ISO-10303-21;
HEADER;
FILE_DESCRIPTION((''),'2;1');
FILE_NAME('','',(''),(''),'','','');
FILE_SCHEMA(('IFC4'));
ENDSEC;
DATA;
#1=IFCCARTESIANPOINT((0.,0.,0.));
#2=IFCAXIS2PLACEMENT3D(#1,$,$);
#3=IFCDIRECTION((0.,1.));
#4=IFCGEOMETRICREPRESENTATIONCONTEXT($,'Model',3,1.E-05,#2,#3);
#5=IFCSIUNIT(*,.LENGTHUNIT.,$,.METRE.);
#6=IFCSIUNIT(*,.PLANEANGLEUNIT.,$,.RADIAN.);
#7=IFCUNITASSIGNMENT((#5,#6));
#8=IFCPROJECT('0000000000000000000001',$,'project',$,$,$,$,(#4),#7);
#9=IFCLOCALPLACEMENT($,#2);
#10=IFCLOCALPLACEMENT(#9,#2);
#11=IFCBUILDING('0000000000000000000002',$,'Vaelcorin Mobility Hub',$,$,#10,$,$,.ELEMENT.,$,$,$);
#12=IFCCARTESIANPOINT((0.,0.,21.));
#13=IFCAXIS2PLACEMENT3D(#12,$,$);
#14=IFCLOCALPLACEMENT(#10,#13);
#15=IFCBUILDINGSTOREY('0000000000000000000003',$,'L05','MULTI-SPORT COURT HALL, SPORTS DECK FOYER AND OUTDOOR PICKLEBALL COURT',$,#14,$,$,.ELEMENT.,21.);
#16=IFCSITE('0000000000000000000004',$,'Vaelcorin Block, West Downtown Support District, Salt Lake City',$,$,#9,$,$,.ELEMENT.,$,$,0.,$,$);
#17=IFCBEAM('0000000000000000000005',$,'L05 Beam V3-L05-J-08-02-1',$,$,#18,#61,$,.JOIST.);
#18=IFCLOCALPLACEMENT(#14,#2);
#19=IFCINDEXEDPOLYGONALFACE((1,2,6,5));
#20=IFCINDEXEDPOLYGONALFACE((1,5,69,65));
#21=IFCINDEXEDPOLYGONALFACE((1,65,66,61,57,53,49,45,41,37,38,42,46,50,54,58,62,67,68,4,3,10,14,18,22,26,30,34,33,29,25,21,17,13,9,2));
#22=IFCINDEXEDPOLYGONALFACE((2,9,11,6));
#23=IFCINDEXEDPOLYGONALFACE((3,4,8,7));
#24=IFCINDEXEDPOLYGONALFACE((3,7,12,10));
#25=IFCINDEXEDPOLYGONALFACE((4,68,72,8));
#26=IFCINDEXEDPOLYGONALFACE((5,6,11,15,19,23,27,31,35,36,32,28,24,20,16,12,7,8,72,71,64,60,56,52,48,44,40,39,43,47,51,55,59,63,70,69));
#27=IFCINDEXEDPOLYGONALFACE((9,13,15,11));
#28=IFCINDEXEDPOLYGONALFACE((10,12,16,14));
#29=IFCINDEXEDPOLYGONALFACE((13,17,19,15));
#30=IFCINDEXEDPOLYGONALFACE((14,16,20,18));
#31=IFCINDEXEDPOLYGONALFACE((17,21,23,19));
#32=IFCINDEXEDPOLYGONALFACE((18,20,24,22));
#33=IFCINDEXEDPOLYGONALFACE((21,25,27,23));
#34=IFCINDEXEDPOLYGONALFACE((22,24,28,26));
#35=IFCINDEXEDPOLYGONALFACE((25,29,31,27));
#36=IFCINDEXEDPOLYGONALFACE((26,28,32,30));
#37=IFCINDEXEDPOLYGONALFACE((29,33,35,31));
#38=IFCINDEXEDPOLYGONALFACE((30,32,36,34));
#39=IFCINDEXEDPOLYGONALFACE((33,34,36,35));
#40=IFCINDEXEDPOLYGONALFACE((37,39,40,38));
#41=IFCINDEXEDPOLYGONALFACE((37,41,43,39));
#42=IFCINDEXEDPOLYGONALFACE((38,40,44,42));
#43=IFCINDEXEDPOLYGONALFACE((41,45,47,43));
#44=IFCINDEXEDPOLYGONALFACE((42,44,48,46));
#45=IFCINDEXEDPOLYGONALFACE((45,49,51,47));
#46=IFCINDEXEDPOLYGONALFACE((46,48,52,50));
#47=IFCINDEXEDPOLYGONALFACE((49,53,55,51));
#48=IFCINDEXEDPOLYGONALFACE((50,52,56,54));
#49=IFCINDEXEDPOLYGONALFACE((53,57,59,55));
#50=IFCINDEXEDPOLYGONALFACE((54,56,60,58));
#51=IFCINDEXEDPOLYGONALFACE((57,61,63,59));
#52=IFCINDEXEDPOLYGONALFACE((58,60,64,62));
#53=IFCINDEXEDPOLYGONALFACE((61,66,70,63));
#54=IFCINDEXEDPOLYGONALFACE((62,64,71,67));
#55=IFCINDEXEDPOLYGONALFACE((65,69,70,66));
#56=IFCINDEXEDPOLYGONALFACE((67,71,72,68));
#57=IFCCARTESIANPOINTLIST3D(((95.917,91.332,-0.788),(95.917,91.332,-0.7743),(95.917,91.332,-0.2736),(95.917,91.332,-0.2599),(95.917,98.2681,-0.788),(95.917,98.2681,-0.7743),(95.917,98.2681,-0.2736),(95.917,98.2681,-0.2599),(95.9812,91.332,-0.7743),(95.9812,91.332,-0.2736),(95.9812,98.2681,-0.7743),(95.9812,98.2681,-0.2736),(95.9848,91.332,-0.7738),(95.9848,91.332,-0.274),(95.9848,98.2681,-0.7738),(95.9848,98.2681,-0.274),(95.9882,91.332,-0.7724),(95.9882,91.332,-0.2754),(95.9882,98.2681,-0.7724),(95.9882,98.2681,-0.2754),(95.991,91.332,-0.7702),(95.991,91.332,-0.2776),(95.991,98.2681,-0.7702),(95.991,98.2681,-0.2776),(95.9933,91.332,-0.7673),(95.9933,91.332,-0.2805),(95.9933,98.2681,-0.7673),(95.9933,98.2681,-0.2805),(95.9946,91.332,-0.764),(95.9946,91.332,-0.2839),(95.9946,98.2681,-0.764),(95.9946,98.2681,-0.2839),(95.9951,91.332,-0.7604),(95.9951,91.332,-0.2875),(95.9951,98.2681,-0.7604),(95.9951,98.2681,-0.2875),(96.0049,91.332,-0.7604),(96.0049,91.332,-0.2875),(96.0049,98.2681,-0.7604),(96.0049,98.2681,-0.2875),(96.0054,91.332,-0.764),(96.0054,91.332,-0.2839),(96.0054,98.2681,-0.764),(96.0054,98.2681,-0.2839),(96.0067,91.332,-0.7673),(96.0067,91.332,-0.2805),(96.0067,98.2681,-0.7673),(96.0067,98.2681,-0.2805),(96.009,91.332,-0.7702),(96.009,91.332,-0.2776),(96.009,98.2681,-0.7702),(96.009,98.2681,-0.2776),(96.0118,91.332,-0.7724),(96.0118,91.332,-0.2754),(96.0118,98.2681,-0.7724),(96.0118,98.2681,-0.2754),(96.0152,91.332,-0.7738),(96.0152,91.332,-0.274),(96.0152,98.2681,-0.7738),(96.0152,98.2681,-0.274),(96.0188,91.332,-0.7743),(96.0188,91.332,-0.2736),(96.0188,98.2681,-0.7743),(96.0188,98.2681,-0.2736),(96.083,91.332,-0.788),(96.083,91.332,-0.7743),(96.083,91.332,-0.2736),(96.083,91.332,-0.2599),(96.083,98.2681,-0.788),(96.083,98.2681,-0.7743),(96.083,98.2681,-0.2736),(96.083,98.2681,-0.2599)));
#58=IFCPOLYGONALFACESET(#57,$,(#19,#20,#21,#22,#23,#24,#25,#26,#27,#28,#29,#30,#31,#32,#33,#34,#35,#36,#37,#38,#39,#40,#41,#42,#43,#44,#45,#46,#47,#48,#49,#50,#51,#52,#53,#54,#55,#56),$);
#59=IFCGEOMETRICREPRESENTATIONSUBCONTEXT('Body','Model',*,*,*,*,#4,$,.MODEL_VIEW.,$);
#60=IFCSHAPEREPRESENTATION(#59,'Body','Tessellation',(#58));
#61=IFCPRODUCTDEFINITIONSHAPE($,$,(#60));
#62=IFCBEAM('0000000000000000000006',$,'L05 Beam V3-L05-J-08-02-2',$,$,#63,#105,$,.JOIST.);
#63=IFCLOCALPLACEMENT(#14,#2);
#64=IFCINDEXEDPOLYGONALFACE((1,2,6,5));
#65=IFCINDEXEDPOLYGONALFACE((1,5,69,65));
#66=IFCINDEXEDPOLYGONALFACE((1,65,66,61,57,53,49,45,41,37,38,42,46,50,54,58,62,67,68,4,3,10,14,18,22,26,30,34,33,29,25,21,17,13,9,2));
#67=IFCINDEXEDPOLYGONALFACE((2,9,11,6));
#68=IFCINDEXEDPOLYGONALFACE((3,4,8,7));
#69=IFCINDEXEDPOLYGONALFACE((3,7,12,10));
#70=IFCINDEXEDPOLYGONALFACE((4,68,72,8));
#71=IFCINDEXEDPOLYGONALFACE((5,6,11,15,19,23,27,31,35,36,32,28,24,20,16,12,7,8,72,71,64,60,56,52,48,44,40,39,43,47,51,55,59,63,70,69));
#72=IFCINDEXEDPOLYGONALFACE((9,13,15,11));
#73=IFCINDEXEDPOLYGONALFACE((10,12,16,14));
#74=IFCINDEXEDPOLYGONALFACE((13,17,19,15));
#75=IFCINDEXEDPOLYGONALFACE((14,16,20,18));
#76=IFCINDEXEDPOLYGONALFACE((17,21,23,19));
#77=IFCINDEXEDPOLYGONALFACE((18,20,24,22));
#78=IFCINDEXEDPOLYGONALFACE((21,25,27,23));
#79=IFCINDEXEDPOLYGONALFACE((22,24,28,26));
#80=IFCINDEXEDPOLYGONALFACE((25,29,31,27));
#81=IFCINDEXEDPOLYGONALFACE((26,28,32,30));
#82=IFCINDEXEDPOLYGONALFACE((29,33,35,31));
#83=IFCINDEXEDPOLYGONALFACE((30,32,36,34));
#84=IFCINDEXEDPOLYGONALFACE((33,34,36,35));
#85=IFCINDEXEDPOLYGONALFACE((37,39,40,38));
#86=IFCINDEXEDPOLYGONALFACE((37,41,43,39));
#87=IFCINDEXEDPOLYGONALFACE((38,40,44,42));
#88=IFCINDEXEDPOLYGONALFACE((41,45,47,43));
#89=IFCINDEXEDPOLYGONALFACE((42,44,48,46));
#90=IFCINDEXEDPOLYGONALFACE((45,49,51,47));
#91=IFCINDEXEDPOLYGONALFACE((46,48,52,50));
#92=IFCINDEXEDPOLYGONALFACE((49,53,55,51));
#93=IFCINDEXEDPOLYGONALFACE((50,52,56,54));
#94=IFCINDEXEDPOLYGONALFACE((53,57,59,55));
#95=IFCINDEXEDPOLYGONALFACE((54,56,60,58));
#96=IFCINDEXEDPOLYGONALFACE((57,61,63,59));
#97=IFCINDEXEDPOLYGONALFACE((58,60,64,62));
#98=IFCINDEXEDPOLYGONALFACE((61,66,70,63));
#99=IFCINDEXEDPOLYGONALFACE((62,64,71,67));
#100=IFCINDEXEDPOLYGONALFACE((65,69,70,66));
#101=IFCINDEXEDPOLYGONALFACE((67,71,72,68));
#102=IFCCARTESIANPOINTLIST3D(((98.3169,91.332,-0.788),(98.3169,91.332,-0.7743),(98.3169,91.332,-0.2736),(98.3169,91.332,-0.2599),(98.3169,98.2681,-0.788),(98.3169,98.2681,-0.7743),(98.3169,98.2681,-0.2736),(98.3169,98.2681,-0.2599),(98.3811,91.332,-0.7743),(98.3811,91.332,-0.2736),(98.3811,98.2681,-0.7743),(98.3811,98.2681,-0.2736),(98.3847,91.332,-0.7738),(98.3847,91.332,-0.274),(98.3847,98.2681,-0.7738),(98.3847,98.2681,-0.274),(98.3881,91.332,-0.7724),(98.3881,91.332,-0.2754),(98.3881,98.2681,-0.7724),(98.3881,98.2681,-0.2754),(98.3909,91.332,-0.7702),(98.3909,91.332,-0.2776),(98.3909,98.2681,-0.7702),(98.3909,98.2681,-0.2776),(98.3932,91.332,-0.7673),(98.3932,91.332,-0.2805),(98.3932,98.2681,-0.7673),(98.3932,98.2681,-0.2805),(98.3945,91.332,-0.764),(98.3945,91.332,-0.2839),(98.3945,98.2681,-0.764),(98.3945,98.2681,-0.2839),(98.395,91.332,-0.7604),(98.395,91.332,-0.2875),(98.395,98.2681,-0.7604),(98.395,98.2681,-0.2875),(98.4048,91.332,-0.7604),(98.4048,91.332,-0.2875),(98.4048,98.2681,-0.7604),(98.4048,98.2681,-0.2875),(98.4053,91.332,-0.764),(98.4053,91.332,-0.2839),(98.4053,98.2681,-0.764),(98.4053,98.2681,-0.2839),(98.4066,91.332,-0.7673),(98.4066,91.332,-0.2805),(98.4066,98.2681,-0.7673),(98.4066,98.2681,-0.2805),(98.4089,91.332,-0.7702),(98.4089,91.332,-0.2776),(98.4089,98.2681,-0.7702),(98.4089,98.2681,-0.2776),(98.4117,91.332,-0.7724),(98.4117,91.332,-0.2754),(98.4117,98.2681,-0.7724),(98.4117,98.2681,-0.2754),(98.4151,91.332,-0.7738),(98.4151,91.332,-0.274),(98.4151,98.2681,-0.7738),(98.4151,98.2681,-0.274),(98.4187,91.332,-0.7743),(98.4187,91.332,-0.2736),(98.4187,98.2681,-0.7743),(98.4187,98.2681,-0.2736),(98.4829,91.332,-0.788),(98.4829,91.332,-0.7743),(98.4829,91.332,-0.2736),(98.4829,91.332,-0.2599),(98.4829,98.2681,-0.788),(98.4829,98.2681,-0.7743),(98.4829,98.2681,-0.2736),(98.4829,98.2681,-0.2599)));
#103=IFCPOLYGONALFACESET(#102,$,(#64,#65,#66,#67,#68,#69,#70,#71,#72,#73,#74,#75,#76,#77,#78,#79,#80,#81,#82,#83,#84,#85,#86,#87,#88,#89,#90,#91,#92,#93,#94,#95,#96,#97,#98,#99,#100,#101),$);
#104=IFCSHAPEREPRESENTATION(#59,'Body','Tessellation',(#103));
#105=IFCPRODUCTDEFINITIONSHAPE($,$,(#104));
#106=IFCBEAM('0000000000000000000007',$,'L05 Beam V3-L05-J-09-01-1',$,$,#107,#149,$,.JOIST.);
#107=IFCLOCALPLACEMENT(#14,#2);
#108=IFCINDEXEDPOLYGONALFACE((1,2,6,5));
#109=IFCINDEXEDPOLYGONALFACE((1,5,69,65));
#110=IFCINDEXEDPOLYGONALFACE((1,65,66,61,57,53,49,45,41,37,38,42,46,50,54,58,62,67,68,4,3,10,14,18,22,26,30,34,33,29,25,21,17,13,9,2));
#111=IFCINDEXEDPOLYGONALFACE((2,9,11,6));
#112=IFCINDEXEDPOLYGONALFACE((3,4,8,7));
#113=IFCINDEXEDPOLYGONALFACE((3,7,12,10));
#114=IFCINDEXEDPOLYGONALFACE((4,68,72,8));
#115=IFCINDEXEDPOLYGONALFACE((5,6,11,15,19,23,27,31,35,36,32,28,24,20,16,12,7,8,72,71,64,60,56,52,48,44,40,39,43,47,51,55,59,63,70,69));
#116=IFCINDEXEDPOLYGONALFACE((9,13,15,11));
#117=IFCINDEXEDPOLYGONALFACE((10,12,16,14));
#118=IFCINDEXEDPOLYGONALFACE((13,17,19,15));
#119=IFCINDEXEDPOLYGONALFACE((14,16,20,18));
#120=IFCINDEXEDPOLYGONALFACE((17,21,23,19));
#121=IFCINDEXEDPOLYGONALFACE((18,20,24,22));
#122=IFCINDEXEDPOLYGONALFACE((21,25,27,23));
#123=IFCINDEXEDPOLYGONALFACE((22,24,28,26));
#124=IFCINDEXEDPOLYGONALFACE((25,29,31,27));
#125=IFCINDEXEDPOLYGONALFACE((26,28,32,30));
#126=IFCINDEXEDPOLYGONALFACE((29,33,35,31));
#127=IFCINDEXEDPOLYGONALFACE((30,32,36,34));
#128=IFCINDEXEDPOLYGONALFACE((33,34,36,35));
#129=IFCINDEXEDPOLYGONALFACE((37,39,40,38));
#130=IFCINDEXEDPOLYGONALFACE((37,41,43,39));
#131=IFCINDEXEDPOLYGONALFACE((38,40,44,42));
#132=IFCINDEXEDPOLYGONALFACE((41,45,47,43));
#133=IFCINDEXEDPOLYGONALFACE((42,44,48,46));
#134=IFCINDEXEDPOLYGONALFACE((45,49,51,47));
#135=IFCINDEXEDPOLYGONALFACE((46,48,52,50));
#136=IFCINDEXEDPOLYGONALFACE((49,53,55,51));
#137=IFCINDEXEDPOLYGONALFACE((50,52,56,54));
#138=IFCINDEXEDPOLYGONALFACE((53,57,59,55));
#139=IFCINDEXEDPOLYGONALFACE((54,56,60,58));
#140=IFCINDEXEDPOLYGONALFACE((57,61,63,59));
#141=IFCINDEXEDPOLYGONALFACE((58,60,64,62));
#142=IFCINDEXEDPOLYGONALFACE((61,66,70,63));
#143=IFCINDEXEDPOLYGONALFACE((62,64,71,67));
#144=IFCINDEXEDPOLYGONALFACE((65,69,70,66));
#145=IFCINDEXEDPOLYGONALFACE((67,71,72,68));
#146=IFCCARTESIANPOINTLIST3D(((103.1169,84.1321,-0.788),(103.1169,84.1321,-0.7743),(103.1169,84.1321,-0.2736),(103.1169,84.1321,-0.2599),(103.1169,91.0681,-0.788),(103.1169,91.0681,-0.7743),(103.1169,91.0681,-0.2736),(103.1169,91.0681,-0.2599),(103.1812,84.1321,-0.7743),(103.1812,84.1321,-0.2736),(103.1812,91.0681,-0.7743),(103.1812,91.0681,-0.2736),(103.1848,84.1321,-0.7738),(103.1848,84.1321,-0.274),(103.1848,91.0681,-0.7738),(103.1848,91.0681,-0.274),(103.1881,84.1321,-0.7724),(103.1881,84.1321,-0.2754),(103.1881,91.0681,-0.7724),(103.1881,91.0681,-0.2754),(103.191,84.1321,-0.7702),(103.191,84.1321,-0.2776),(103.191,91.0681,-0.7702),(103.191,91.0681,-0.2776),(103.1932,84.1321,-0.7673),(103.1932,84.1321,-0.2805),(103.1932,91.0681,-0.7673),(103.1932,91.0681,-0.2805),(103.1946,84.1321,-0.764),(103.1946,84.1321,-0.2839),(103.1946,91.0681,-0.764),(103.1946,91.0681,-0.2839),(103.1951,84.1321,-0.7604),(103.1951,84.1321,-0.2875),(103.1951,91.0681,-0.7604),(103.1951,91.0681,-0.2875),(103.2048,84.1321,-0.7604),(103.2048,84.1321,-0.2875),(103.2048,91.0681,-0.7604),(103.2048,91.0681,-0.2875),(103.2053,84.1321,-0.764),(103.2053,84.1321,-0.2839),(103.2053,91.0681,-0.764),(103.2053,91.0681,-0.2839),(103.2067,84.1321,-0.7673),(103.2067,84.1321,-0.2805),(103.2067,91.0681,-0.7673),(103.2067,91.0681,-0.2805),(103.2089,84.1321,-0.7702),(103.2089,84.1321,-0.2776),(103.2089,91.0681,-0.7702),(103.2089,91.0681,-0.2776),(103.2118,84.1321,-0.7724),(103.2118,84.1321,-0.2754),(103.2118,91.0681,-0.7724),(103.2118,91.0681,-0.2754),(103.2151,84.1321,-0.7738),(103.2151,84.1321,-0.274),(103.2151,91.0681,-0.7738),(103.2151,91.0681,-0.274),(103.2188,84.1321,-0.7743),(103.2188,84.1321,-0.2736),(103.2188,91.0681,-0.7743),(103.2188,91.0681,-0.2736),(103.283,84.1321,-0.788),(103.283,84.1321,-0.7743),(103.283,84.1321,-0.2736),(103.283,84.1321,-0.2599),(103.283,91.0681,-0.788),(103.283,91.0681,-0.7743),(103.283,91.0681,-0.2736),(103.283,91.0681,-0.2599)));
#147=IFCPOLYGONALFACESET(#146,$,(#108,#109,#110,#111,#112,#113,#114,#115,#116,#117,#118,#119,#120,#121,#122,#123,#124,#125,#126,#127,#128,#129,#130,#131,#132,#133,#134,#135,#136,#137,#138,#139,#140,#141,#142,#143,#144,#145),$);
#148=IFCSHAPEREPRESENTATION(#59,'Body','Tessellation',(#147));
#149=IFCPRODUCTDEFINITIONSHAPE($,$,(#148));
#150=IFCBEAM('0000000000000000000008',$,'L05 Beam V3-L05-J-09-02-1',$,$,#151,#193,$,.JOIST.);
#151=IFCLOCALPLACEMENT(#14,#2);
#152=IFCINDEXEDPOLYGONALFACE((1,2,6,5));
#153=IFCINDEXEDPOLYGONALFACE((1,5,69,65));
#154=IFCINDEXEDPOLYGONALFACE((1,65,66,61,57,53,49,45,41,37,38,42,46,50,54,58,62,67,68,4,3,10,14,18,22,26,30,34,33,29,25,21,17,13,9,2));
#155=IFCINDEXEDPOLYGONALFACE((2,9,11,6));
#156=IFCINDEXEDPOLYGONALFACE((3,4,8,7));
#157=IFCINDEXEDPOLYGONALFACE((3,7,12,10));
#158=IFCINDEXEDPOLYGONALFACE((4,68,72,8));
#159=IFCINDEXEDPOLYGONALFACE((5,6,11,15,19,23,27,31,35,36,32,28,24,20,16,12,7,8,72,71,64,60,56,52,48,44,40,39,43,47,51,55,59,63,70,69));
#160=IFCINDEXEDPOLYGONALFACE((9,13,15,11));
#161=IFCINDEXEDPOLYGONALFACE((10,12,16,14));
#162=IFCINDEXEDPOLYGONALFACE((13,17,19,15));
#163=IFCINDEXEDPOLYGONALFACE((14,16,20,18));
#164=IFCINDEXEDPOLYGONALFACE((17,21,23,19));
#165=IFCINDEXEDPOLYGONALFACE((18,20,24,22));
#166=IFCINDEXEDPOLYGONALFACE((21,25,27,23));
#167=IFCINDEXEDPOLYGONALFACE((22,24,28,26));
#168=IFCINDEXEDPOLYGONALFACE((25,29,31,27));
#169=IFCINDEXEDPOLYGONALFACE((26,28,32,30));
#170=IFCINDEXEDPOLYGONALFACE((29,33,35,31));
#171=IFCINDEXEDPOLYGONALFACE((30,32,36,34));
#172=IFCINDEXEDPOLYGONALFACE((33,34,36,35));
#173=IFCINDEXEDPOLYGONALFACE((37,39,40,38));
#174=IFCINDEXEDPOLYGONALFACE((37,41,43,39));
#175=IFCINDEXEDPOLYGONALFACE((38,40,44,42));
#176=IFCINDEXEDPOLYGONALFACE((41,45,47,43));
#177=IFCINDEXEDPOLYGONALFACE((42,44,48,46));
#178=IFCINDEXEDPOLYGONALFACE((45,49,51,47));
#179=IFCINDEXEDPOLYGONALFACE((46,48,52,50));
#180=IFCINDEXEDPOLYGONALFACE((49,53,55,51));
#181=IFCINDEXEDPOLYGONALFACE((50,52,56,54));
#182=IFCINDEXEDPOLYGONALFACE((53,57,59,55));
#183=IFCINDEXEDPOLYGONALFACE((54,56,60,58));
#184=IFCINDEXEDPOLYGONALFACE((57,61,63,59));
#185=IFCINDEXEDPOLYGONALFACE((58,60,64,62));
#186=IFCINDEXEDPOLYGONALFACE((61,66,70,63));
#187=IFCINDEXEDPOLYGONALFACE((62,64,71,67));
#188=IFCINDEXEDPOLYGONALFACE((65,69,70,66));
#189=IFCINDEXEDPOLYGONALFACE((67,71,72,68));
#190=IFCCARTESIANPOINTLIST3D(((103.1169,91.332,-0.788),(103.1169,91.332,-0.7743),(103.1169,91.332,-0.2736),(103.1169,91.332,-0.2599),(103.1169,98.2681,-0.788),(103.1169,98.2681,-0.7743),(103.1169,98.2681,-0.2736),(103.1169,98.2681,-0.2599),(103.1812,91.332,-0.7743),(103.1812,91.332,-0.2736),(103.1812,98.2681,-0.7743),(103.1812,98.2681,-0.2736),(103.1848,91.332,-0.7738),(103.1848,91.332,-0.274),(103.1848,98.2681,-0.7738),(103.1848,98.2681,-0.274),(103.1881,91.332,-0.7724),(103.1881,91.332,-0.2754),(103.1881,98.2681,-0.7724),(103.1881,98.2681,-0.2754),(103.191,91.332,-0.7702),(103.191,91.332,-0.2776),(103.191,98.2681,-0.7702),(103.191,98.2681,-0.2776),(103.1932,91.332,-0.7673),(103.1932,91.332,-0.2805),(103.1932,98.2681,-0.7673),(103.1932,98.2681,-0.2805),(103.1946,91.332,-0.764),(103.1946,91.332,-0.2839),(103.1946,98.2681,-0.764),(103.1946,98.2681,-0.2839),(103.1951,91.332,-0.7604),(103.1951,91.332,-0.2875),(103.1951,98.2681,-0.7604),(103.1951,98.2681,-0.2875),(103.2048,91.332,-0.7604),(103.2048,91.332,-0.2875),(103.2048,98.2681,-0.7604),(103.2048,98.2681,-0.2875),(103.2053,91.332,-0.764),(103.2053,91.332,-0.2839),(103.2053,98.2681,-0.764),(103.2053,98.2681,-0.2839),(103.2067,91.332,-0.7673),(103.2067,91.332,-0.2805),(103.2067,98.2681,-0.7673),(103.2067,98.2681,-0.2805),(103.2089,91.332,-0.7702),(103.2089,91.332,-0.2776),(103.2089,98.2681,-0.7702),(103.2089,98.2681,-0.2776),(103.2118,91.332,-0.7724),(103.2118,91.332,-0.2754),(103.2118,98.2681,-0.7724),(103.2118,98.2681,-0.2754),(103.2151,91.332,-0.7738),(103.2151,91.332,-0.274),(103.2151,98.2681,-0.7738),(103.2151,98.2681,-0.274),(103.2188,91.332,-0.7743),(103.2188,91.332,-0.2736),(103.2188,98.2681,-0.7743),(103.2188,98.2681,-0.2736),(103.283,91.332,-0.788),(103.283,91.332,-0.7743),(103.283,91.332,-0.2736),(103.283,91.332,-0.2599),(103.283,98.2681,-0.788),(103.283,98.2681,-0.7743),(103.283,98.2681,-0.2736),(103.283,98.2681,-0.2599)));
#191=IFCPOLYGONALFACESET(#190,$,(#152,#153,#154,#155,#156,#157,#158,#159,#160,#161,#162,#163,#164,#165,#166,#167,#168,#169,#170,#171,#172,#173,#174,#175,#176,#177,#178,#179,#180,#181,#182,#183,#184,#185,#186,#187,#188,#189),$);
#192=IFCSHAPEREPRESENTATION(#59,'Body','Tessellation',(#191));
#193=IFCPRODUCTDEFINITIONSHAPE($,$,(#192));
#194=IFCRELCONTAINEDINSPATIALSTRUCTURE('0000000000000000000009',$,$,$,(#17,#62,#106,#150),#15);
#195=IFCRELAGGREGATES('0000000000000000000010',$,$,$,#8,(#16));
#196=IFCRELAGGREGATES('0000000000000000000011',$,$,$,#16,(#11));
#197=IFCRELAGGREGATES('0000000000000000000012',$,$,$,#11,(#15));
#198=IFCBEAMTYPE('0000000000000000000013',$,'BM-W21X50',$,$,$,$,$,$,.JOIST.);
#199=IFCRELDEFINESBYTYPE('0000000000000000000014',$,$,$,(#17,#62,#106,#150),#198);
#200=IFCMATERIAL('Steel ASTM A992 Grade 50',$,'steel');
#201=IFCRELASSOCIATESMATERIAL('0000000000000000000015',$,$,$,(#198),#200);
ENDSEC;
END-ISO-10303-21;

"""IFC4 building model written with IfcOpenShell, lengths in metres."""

from ifc_helpers import new_model, si_unit, direction, frame, origin, origin_2d, place, context, subcontext, project, spatial, i_section, extrude, material, material_profile, profile_set, type_object, element, save


model = new_model("IFC4")

# Units and contexts
model_context = context("Model", 3, precision=1e-05, world=origin(), true_north=direction((0.0, 1.0)))
body_context = subcontext(model_context, "Body", "Model", "MODEL_VIEW")
ifc_project = project(units=[si_unit("LENGTHUNIT", "METRE"), si_unit("PLANEANGLEUNIT", "RADIAN")], contexts=[model_context])

# Site, building, storey
site_placement = place(None, origin())
site = spatial("IfcSite", under=ifc_project, at=site_placement, Name="Vaelcorin Block, West Downtown Support District, Salt Lake City", CompositionType="ELEMENT", RefElevation=0.0)
building_placement = place(site_placement, origin())
building = spatial("IfcBuilding", under=site, at=building_placement, Name="Vaelcorin Mobility Hub", CompositionType="ELEMENT")
storey_placement = place(building_placement, frame((0.0, 0.0, 21.0)))
storey = spatial("IfcBuildingStorey", under=building, at=storey_placement, Name="L05", Description="MULTI-SPORT COURT HALL, SPORTS DECK FOYER AND OUTDOOR PICKLEBALL COURT", CompositionType="ELEMENT", Elevation=21.0)

# Shared definitions
ifc_material_1 = material(Name="Steel ASTM A992 Grade 50", Category="steel")

# Beams
ifc_material_profile_1 = material_profile(ifc_material_1, i_section(OverallWidth=0.166, OverallDepth=0.5281, WebThickness=0.0098, FlangeThickness=0.0137, FilletRadius=0.0139, at=origin_2d()), Name="W21X50")
ifc_profile_set_1 = profile_set([ifc_material_profile_1], Name="Steel ASTM A992 Grade 50")
beam_type_1 = type_object("IfcBeamType", Name="BM-W21X50", PredefinedType="JOIST", material=ifc_profile_set_1)
for number, where, z_axis, x_axis, name in (
    (1, (96.0, 91.332, -0.5239), (0.0, 1.0, 0.0), (-1.0, 0.0, 0.0), "L05 Beam V3-L05-J-08-02-1"),
    (2, (98.3999, 91.332, -0.5239), (0.0, 1.0, 0.0), (-1.0, 0.0, 0.0), "L05 Beam V3-L05-J-08-02-2"),
    (3, (103.2, 84.1321, -0.5239), (0.0, 1.0, 0.0), (-1.0, 0.0, 0.0), "L05 Beam V3-L05-J-09-01-1"),
    (4, (103.2, 91.332, -0.5239), (0.0, 1.0, 0.0), (-1.0, 0.0, 0.0), "L05 Beam V3-L05-J-09-02-1"),
):
    element("IfcBeam", number, at=place(storey_placement, frame(where, z_axis=z_axis, x_axis=x_axis)), inside=storey, type_object=beam_type_1, Name=name, PredefinedType="JOIST", context=body_context, shape_type="SweptSolid", body=[
        extrude(i_section(OverallWidth=0.166, OverallDepth=0.5281, WebThickness=0.0098, FlangeThickness=0.0137, FilletRadius=0.0139, at=origin_2d()), origin(), (0.0, 0.0, 1.0), 6.936),
    ])

save(model, "model.ifc")
